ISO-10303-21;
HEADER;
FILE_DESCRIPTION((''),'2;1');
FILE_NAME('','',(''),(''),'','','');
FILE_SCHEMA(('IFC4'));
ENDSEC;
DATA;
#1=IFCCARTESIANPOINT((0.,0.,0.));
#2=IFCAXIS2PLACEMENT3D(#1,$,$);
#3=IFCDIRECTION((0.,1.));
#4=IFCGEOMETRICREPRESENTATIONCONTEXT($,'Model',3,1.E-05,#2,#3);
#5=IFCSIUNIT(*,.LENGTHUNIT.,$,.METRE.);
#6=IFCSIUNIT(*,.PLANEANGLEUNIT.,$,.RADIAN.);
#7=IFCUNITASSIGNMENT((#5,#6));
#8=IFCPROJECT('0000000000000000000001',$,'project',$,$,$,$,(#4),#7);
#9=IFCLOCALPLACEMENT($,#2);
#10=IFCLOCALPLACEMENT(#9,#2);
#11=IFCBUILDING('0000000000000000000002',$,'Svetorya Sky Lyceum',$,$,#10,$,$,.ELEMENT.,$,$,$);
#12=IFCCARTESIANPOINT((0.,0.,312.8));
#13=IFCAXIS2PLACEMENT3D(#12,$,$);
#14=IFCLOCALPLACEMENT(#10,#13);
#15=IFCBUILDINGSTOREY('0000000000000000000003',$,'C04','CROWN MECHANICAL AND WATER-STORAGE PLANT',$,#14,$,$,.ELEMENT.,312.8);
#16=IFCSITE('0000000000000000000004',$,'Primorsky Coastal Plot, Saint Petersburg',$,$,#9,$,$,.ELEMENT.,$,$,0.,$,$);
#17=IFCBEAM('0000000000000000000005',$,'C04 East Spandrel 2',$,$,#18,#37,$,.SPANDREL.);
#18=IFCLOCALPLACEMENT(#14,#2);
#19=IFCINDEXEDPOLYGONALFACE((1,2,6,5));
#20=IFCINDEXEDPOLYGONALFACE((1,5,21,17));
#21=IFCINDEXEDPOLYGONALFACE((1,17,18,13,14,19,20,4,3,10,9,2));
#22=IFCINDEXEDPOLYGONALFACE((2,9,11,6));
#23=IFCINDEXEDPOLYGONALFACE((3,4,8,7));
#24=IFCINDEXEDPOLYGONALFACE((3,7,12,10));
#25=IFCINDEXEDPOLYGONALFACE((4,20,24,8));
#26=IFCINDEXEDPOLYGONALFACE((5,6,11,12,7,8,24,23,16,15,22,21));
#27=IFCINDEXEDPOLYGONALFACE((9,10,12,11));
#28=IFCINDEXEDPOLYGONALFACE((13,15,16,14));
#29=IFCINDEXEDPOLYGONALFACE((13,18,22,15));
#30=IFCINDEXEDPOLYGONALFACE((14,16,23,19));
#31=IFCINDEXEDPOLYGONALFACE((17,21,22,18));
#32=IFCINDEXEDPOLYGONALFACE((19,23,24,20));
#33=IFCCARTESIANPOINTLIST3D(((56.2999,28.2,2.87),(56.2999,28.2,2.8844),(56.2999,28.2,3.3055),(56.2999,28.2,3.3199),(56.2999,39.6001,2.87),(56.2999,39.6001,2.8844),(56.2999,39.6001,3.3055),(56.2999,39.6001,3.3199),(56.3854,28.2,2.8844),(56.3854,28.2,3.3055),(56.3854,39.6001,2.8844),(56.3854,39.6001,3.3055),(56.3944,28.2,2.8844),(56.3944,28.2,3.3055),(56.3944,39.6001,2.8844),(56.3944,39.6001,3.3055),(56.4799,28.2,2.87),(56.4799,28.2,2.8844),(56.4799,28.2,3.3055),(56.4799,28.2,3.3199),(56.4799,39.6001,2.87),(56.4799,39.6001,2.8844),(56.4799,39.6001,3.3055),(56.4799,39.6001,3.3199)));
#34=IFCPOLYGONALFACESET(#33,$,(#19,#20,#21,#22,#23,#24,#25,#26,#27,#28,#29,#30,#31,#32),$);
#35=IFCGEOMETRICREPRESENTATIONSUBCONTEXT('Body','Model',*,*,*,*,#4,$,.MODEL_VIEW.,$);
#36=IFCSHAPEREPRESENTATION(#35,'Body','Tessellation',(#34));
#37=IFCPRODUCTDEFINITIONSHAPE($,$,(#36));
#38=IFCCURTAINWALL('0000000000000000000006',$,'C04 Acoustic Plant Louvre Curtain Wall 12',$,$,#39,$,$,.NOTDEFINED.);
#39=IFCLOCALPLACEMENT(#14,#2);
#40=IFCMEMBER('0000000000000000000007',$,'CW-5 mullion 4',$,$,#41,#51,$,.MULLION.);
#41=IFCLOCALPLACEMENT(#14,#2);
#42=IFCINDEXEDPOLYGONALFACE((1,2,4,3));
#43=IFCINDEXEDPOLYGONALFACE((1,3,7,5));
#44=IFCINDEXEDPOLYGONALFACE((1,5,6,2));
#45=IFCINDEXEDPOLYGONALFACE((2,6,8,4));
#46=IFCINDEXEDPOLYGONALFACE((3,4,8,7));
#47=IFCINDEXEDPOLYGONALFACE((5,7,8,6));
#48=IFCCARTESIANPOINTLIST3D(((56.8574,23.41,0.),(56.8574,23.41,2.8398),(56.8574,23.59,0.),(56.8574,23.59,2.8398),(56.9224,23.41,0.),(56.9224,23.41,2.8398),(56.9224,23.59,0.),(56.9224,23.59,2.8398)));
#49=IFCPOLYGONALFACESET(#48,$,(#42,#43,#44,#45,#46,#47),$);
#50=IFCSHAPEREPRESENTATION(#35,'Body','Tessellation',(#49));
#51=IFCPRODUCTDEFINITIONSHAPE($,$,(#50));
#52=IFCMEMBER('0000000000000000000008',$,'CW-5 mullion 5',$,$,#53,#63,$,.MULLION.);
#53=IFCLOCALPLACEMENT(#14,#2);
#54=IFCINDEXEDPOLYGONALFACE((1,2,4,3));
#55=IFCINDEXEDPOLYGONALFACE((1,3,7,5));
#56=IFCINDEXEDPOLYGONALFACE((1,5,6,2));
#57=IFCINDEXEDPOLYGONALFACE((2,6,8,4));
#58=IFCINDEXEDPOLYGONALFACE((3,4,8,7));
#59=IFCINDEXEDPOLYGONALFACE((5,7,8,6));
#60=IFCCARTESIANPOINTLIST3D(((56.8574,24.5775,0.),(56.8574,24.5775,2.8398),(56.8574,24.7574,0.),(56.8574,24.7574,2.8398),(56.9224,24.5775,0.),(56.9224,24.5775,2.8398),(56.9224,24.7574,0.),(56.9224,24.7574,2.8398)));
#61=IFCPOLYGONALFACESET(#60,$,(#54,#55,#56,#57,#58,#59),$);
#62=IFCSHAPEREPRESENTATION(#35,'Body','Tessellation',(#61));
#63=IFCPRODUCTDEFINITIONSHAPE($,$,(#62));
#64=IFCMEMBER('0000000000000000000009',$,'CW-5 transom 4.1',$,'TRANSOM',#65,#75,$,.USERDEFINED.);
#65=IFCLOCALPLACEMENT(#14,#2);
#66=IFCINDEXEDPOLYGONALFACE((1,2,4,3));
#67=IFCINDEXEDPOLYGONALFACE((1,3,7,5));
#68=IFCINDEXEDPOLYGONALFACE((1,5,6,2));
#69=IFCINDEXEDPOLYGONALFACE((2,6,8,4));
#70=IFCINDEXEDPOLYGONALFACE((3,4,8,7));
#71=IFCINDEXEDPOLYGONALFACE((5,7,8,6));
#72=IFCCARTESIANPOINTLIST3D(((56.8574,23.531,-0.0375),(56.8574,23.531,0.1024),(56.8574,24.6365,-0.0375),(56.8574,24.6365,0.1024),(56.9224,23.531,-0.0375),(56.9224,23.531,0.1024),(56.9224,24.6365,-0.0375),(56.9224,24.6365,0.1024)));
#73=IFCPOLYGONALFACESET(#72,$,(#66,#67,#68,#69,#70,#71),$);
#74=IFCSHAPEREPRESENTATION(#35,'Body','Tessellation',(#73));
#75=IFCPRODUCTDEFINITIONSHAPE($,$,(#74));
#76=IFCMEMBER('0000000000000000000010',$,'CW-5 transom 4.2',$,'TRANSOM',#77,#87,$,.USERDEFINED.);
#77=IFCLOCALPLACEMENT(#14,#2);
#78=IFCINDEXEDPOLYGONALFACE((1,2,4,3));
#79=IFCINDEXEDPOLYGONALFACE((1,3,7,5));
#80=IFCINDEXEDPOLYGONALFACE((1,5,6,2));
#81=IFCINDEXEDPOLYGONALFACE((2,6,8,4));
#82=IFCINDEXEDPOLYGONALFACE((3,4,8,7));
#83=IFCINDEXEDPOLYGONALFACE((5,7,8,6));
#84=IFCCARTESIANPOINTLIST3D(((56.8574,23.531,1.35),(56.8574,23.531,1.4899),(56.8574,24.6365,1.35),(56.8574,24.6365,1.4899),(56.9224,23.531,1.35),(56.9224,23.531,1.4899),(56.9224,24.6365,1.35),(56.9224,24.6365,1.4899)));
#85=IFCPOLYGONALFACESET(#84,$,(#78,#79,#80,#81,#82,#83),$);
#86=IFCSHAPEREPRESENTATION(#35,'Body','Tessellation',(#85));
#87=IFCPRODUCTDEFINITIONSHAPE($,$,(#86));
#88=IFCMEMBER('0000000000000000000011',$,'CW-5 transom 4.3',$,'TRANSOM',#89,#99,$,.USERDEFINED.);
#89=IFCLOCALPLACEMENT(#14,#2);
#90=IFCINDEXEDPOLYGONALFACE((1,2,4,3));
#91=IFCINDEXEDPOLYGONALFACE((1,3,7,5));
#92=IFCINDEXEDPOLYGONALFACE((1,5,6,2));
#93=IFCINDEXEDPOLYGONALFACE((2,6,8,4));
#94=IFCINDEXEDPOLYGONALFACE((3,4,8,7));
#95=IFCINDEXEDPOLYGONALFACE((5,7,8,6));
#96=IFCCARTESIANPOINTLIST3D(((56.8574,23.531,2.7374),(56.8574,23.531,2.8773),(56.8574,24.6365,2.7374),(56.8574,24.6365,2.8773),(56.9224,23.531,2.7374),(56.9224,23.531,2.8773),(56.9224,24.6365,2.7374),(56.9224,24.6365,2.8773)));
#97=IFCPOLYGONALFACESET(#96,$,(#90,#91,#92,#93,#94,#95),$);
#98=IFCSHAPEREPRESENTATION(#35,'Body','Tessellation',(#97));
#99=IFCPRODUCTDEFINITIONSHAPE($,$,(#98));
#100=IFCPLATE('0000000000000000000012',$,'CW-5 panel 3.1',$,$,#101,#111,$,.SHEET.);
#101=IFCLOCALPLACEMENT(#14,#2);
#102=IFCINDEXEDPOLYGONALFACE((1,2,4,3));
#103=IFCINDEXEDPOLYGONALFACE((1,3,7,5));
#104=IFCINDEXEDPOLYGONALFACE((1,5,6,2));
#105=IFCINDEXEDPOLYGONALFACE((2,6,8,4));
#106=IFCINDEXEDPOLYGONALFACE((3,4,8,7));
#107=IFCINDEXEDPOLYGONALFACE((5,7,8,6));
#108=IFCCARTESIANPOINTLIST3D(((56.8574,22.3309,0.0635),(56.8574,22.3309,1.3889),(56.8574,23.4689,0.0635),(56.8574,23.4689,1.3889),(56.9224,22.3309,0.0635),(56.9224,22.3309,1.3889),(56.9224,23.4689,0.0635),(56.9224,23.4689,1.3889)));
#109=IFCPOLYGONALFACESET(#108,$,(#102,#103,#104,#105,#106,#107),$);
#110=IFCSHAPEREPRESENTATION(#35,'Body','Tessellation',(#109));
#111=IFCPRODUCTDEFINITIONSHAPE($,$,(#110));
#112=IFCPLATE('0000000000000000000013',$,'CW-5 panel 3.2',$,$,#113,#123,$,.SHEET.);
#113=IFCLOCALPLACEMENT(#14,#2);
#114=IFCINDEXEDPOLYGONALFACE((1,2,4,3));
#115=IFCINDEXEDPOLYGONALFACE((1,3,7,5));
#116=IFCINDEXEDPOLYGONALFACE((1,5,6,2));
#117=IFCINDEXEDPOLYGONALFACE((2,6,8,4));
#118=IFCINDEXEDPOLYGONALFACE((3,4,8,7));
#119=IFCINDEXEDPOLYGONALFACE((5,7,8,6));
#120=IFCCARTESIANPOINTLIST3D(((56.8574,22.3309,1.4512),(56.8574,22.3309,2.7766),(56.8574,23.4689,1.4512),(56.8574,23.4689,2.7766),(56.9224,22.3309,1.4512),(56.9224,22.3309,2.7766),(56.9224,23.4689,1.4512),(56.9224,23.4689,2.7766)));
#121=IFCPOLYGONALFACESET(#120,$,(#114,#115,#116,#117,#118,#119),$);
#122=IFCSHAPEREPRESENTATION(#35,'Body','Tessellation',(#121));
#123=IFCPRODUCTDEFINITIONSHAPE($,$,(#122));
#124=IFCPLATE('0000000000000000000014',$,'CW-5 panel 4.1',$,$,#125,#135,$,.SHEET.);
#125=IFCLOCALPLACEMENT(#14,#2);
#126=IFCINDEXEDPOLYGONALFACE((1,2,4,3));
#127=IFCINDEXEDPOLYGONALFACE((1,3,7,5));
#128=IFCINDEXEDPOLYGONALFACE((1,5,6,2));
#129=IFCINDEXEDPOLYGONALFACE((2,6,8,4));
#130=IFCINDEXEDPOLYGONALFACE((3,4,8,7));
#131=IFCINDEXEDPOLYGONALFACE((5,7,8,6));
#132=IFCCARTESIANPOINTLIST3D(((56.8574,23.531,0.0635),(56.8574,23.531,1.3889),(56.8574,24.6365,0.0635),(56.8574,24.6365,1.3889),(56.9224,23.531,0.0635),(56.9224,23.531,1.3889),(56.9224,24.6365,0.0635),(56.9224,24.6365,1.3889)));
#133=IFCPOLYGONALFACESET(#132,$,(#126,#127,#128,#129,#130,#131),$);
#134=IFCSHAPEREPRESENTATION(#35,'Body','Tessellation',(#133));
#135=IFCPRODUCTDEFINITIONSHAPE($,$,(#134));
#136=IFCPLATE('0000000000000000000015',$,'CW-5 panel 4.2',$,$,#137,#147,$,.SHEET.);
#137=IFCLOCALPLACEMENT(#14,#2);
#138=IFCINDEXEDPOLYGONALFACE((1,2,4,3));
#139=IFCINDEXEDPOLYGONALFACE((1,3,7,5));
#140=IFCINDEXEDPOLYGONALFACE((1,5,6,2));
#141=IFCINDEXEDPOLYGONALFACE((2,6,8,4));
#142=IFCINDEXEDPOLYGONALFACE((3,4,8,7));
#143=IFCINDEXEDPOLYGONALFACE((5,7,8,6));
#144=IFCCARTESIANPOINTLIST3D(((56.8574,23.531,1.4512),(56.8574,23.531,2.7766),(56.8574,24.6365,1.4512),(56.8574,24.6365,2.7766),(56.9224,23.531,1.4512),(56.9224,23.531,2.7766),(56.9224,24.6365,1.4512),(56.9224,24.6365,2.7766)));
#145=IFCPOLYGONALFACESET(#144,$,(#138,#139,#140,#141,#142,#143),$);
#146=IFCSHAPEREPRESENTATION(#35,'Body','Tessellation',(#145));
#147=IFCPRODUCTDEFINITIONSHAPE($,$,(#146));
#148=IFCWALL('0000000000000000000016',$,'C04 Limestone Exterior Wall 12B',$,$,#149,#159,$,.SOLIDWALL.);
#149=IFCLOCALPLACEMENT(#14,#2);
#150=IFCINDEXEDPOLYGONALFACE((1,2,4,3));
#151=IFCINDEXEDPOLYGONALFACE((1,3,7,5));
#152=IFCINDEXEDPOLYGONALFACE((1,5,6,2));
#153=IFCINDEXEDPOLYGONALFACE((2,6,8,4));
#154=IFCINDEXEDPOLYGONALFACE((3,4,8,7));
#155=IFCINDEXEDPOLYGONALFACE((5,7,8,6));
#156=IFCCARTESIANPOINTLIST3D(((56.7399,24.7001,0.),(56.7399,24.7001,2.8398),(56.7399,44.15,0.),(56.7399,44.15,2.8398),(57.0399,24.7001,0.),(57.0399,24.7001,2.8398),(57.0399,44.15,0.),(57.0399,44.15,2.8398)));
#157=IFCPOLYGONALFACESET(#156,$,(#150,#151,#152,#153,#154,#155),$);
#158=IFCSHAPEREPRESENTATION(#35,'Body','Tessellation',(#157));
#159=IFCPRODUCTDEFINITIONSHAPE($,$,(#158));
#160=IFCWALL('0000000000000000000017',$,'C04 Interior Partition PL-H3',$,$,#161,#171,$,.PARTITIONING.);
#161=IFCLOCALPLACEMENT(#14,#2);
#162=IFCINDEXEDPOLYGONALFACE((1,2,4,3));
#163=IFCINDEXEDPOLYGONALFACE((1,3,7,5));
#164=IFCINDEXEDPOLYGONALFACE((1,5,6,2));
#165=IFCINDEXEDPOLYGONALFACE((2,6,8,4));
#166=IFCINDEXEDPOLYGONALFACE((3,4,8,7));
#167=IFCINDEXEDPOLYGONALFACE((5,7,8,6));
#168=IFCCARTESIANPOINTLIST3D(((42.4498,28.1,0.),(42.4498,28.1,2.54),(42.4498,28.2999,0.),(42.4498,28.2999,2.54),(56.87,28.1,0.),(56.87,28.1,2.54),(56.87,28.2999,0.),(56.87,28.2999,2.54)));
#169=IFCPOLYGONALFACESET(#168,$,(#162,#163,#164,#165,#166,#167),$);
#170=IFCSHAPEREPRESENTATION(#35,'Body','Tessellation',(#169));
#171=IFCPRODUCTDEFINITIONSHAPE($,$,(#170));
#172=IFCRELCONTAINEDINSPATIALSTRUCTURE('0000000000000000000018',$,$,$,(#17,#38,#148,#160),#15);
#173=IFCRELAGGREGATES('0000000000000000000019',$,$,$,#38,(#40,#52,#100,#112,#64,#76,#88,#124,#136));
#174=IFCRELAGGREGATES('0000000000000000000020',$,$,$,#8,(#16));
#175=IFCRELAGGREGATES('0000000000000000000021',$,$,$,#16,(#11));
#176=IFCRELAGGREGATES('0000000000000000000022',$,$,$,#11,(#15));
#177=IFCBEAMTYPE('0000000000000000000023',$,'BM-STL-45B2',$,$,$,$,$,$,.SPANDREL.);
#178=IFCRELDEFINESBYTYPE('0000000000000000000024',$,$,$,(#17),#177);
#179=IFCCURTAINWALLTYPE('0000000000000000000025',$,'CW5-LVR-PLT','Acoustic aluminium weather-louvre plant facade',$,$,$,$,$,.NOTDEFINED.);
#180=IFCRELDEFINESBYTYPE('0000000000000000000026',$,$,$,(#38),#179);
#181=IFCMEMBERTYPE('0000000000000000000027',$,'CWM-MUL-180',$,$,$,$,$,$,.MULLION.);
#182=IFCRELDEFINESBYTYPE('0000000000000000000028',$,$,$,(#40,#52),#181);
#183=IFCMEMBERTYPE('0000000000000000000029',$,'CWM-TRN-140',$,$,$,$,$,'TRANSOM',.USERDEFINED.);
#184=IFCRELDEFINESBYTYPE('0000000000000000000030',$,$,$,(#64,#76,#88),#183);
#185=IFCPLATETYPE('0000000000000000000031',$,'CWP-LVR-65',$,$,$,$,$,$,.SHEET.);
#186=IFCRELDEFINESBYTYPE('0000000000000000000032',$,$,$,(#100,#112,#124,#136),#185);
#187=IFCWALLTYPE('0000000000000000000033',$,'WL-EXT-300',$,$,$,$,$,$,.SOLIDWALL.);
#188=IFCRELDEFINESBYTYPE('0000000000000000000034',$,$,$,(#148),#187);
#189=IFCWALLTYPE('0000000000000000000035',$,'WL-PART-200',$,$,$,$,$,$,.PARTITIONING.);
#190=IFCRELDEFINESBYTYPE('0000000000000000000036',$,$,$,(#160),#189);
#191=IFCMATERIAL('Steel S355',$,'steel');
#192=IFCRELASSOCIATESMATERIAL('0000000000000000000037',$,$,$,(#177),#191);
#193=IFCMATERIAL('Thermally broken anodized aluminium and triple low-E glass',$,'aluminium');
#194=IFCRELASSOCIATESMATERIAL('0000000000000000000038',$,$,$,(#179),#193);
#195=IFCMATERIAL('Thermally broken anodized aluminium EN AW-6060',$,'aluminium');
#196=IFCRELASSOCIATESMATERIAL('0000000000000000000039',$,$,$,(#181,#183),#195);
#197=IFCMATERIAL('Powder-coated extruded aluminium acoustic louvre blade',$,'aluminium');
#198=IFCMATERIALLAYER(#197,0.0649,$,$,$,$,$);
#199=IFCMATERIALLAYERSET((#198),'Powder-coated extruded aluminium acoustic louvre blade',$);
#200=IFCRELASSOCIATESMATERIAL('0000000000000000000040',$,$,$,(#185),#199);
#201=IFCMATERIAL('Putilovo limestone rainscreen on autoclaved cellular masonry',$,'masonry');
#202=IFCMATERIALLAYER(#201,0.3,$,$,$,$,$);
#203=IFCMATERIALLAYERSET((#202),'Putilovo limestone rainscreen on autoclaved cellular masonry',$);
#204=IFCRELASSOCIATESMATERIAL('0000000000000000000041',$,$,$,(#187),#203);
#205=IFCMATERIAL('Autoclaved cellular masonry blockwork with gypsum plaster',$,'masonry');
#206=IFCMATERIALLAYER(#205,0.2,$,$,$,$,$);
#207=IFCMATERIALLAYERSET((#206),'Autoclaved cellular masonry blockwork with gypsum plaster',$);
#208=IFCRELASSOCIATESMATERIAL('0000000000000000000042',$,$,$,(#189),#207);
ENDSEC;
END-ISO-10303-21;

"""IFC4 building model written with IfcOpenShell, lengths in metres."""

from ifc_helpers import new_model, si_unit, direction, frame, frame_2d, origin, origin_2d, place, context, subcontext, project, spatial, rectangle, i_section, extrude, material, layer, layer_set, material_profile, profile_set, type_object, element, aggregate, save


model = new_model("IFC4")

# Units and contexts
model_context = context("Model", 3, precision=1e-05, world=origin(), true_north=direction((0.0, 1.0)))
body_context = subcontext(model_context, "Body", "Model", "MODEL_VIEW")
ifc_project = project(units=[si_unit("LENGTHUNIT", "METRE"), si_unit("PLANEANGLEUNIT", "RADIAN")], contexts=[model_context])

# Site, building, storey
site_placement = place(None, origin())
site = spatial("IfcSite", under=ifc_project, at=site_placement, Name="Primorsky Coastal Plot, Saint Petersburg", CompositionType="ELEMENT", RefElevation=0.0)
building_placement = place(site_placement, origin())
building = spatial("IfcBuilding", under=site, at=building_placement, Name="Svetorya Sky Lyceum", CompositionType="ELEMENT")
storey_placement = place(building_placement, frame((0.0, 0.0, 312.8)))
storey = spatial("IfcBuildingStorey", under=building, at=storey_placement, Name="C04", Description="CROWN MECHANICAL AND WATER-STORAGE PLANT", CompositionType="ELEMENT", Elevation=312.8)

# Beam
ifc_material_1 = material(Name="Steel S355", Category="steel")
ifc_material_profile_1 = material_profile(ifc_material_1, i_section(OverallWidth=0.1799, OverallDepth=0.45, WebThickness=0.009, FlangeThickness=0.0144, at=origin_2d()), Name="GOST 45B2")
ifc_profile_set_1 = profile_set([ifc_material_profile_1], Name="Steel S355")
beam_type_1 = type_object("IfcBeamType", Name="BM-STL-45B2", PredefinedType="SPANDREL", material=ifc_profile_set_1)
beam_1_placement = place(storey_placement, frame((56.3899, 28.2, 3.095), z_axis=(0.0, 1.0, 0.0), x_axis=(-1.0, 0.0, 0.0)))
element("IfcBeam", 1, at=beam_1_placement, inside=storey, type_object=beam_type_1, Name="C04 East Spandrel 2", PredefinedType="SPANDREL", context=body_context, shape_type="SweptSolid", body=[
    extrude(i_section(OverallWidth=0.1799, OverallDepth=0.45, WebThickness=0.009, FlangeThickness=0.0144, at=origin_2d()), origin(), (0.0, 0.0, 1.0), 11.4001),
])

# Curtain wall, members, plates
ifc_material_2 = material(Name="Thermally broken anodized aluminium and triple low-E glass", Category="aluminium")
curtain_wall_type = type_object("IfcCurtainWallType", Name="CW5-LVR-PLT", Description="Acoustic aluminium weather-louvre plant facade", PredefinedType="NOTDEFINED", material=ifc_material_2)
curtain_wall_placement = place(storey_placement, origin())
curtain_wall = element("IfcCurtainWall", 2, at=curtain_wall_placement, inside=storey, type_object=curtain_wall_type, Name="C04 Acoustic Plant Louvre Curtain Wall 12", PredefinedType="NOTDEFINED")
ifc_material_3 = material(Name="Thermally broken anodized aluminium EN AW-6060", Category="aluminium")
ifc_material_profile_2 = material_profile(ifc_material_3, rectangle(XDim=0.0649, YDim=0.1799, at=origin_2d()), Name="ALU MULLION 65x180")
ifc_profile_set_2 = profile_set([ifc_material_profile_2], Name="Thermally broken anodized aluminium EN AW-6060")
member_type_1 = type_object("IfcMemberType", Name="CWM-MUL-180", PredefinedType="MULLION", material=ifc_profile_set_2)
member_1_placement = place(storey_placement, frame((56.8899, 23.5, 0.0), z_axis=(0.0, 0.0, 1.0), x_axis=(-1.0, 0.0, 0.0)))
member_1 = element("IfcMember", 3, at=member_1_placement, type_object=member_type_1, Name="CW-5 mullion 4", PredefinedType="MULLION", context=body_context, shape_type="SweptSolid", body=[
    extrude(rectangle(XDim=0.0649, YDim=0.1799, at=origin_2d()), origin(), (0.0, 0.0, 1.0), 2.8398),
])
member_2_placement = place(storey_placement, frame((56.8899, 24.6675, 0.0), z_axis=(0.0, 0.0, 1.0), x_axis=(-1.0, 0.0, 0.0)))
member_2 = element("IfcMember", 4, at=member_2_placement, type_object=member_type_1, Name="CW-5 mullion 5", PredefinedType="MULLION", context=body_context, shape_type="SweptSolid", body=[
    extrude(rectangle(XDim=0.0649, YDim=0.1799, at=origin_2d()), origin(), (0.0, 0.0, 1.0), 2.8398),
])
ifc_material_profile_3 = material_profile(ifc_material_3, rectangle(XDim=0.0649, YDim=0.1399, at=origin_2d()), Name="ALU TRANSOM 65x140")
ifc_profile_set_3 = profile_set([ifc_material_profile_3], Name="Thermally broken anodized aluminium EN AW-6060")
member_type_2 = type_object("IfcMemberType", Name="CWM-TRN-140", ElementType="TRANSOM", PredefinedType="USERDEFINED", material=ifc_profile_set_3)
member_3_placement = place(storey_placement, frame((56.8899, 23.531, 0.0325), z_axis=(0.0, 1.0, 0.0), x_axis=(-1.0, 0.0, 0.0)))
member_3 = element("IfcMember", 5, at=member_3_placement, type_object=member_type_2, Name="CW-5 transom 4.1", ObjectType="TRANSOM", PredefinedType="USERDEFINED", context=body_context, shape_type="SweptSolid", body=[
    extrude(rectangle(XDim=0.0649, YDim=0.1399, at=origin_2d()), origin(), (0.0, 0.0, 1.0), 1.1055),
])
member_4_placement = place(storey_placement, frame((56.8899, 23.531, 1.4199), z_axis=(0.0, 1.0, 0.0), x_axis=(-1.0, 0.0, 0.0)))
member_4 = element("IfcMember", 6, at=member_4_placement, type_object=member_type_2, Name="CW-5 transom 4.2", ObjectType="TRANSOM", PredefinedType="USERDEFINED", context=body_context, shape_type="SweptSolid", body=[
    extrude(rectangle(XDim=0.0649, YDim=0.1399, at=origin_2d()), origin(), (0.0, 0.0, 1.0), 1.1055),
])
member_5_placement = place(storey_placement, frame((56.8899, 23.531, 2.8074), z_axis=(0.0, 1.0, 0.0), x_axis=(-1.0, 0.0, 0.0)))
member_5 = element("IfcMember", 7, at=member_5_placement, type_object=member_type_2, Name="CW-5 transom 4.3", ObjectType="TRANSOM", PredefinedType="USERDEFINED", context=body_context, shape_type="SweptSolid", body=[
    extrude(rectangle(XDim=0.0649, YDim=0.1399, at=origin_2d()), origin(), (0.0, 0.0, 1.0), 1.1055),
])
ifc_material_4 = material(Name="Powder-coated extruded aluminium acoustic louvre blade", Category="aluminium")
ifc_layer_1 = layer(ifc_material_4, 0.0649)
ifc_layer_set_1 = layer_set([ifc_layer_1], Name="Powder-coated extruded aluminium acoustic louvre blade")
plate_type = type_object("IfcPlateType", Name="CWP-LVR-65", PredefinedType="SHEET", material=ifc_layer_set_1)
plate_1_placement = place(storey_placement, frame((56.8899, 22.8999, 0.0635), z_axis=(0.0, 0.0, 1.0), x_axis=(0.0, 1.0, 0.0)))
plate_1 = element("IfcPlate", 8, at=plate_1_placement, type_object=plate_type, Name="CW-5 panel 3.1", PredefinedType="SHEET", context=body_context, shape_type="SweptSolid", body=[
    extrude(rectangle(XDim=1.1379, YDim=0.0649, at=origin_2d()), origin(), (0.0, 0.0, 1.0), 1.3254),
])
plate_2_placement = place(storey_placement, frame((56.8899, 22.8999, 1.4512), z_axis=(0.0, 0.0, 1.0), x_axis=(0.0, 1.0, 0.0)))
plate_2 = element("IfcPlate", 9, at=plate_2_placement, type_object=plate_type, Name="CW-5 panel 3.2", PredefinedType="SHEET", context=body_context, shape_type="SweptSolid", body=[
    extrude(rectangle(XDim=1.1379, YDim=0.0649, at=origin_2d()), origin(), (0.0, 0.0, 1.0), 1.3254),
])
plate_3_placement = place(storey_placement, frame((56.8899, 24.0837, 0.0635), z_axis=(0.0, 0.0, 1.0), x_axis=(0.0, 1.0, 0.0)))
plate_3 = element("IfcPlate", 10, at=plate_3_placement, type_object=plate_type, Name="CW-5 panel 4.1", PredefinedType="SHEET", context=body_context, shape_type="SweptSolid", body=[
    extrude(rectangle(XDim=1.1055, YDim=0.0649, at=origin_2d()), origin(), (0.0, 0.0, 1.0), 1.3254),
])
plate_4_placement = place(storey_placement, frame((56.8899, 24.0837, 1.4512), z_axis=(0.0, 0.0, 1.0), x_axis=(0.0, 1.0, 0.0)))
plate_4 = element("IfcPlate", 11, at=plate_4_placement, type_object=plate_type, Name="CW-5 panel 4.2", PredefinedType="SHEET", context=body_context, shape_type="SweptSolid", body=[
    extrude(rectangle(XDim=1.1055, YDim=0.0649, at=origin_2d()), origin(), (0.0, 0.0, 1.0), 1.3254),
])
aggregate(curtain_wall, [member_1, member_2, plate_1, plate_2, member_3, member_4, member_5, plate_3, plate_4])

# Walls
ifc_material_5 = material(Name="Putilovo limestone rainscreen on autoclaved cellular masonry", Category="masonry")
ifc_layer_2 = layer(ifc_material_5, 0.3)
ifc_layer_set_2 = layer_set([ifc_layer_2], Name="Putilovo limestone rainscreen on autoclaved cellular masonry")
wall_type_1 = type_object("IfcWallType", Name="WL-EXT-300", PredefinedType="SOLIDWALL", material=ifc_layer_set_2)
wall_1_placement = place(storey_placement, frame((56.8899, 24.7, 0.0), z_axis=(0.0, 0.0, 1.0), x_axis=(0.0, 1.0, 0.0)))
element("IfcWall", 12, at=wall_1_placement, inside=storey, type_object=wall_type_1, Name="C04 Limestone Exterior Wall 12B", PredefinedType="SOLIDWALL", context=body_context, shape_type="SweptSolid", body=[
    extrude(rectangle(XDim=19.45, YDim=0.3, at=frame_2d((9.7251, 0.0))), origin(), (0.0, 0.0, 1.0), 2.8398),
])
ifc_material_6 = material(Name="Autoclaved cellular masonry blockwork with gypsum plaster", Category="masonry")
ifc_layer_3 = layer(ifc_material_6, 0.2)
ifc_layer_set_3 = layer_set([ifc_layer_3], Name="Autoclaved cellular masonry blockwork with gypsum plaster")
wall_type_2 = type_object("IfcWallType", Name="WL-PART-200", PredefinedType="PARTITIONING", material=ifc_layer_set_3)
wall_2_placement = place(storey_placement, frame((42.45, 28.2, 0.0), z_axis=(0.0, 0.0, 1.0), x_axis=(1.0, 0.0, 0.0)))
element("IfcWall", 13, at=wall_2_placement, inside=storey, type_object=wall_type_2, Name="C04 Interior Partition PL-H3", PredefinedType="PARTITIONING", context=body_context, shape_type="SweptSolid", body=[
    extrude(rectangle(XDim=14.4202, YDim=0.2, at=frame_2d((7.21, 0.0))), origin(), (0.0, 0.0, 1.0), 2.54),
])

save(model, "model.ifc")
